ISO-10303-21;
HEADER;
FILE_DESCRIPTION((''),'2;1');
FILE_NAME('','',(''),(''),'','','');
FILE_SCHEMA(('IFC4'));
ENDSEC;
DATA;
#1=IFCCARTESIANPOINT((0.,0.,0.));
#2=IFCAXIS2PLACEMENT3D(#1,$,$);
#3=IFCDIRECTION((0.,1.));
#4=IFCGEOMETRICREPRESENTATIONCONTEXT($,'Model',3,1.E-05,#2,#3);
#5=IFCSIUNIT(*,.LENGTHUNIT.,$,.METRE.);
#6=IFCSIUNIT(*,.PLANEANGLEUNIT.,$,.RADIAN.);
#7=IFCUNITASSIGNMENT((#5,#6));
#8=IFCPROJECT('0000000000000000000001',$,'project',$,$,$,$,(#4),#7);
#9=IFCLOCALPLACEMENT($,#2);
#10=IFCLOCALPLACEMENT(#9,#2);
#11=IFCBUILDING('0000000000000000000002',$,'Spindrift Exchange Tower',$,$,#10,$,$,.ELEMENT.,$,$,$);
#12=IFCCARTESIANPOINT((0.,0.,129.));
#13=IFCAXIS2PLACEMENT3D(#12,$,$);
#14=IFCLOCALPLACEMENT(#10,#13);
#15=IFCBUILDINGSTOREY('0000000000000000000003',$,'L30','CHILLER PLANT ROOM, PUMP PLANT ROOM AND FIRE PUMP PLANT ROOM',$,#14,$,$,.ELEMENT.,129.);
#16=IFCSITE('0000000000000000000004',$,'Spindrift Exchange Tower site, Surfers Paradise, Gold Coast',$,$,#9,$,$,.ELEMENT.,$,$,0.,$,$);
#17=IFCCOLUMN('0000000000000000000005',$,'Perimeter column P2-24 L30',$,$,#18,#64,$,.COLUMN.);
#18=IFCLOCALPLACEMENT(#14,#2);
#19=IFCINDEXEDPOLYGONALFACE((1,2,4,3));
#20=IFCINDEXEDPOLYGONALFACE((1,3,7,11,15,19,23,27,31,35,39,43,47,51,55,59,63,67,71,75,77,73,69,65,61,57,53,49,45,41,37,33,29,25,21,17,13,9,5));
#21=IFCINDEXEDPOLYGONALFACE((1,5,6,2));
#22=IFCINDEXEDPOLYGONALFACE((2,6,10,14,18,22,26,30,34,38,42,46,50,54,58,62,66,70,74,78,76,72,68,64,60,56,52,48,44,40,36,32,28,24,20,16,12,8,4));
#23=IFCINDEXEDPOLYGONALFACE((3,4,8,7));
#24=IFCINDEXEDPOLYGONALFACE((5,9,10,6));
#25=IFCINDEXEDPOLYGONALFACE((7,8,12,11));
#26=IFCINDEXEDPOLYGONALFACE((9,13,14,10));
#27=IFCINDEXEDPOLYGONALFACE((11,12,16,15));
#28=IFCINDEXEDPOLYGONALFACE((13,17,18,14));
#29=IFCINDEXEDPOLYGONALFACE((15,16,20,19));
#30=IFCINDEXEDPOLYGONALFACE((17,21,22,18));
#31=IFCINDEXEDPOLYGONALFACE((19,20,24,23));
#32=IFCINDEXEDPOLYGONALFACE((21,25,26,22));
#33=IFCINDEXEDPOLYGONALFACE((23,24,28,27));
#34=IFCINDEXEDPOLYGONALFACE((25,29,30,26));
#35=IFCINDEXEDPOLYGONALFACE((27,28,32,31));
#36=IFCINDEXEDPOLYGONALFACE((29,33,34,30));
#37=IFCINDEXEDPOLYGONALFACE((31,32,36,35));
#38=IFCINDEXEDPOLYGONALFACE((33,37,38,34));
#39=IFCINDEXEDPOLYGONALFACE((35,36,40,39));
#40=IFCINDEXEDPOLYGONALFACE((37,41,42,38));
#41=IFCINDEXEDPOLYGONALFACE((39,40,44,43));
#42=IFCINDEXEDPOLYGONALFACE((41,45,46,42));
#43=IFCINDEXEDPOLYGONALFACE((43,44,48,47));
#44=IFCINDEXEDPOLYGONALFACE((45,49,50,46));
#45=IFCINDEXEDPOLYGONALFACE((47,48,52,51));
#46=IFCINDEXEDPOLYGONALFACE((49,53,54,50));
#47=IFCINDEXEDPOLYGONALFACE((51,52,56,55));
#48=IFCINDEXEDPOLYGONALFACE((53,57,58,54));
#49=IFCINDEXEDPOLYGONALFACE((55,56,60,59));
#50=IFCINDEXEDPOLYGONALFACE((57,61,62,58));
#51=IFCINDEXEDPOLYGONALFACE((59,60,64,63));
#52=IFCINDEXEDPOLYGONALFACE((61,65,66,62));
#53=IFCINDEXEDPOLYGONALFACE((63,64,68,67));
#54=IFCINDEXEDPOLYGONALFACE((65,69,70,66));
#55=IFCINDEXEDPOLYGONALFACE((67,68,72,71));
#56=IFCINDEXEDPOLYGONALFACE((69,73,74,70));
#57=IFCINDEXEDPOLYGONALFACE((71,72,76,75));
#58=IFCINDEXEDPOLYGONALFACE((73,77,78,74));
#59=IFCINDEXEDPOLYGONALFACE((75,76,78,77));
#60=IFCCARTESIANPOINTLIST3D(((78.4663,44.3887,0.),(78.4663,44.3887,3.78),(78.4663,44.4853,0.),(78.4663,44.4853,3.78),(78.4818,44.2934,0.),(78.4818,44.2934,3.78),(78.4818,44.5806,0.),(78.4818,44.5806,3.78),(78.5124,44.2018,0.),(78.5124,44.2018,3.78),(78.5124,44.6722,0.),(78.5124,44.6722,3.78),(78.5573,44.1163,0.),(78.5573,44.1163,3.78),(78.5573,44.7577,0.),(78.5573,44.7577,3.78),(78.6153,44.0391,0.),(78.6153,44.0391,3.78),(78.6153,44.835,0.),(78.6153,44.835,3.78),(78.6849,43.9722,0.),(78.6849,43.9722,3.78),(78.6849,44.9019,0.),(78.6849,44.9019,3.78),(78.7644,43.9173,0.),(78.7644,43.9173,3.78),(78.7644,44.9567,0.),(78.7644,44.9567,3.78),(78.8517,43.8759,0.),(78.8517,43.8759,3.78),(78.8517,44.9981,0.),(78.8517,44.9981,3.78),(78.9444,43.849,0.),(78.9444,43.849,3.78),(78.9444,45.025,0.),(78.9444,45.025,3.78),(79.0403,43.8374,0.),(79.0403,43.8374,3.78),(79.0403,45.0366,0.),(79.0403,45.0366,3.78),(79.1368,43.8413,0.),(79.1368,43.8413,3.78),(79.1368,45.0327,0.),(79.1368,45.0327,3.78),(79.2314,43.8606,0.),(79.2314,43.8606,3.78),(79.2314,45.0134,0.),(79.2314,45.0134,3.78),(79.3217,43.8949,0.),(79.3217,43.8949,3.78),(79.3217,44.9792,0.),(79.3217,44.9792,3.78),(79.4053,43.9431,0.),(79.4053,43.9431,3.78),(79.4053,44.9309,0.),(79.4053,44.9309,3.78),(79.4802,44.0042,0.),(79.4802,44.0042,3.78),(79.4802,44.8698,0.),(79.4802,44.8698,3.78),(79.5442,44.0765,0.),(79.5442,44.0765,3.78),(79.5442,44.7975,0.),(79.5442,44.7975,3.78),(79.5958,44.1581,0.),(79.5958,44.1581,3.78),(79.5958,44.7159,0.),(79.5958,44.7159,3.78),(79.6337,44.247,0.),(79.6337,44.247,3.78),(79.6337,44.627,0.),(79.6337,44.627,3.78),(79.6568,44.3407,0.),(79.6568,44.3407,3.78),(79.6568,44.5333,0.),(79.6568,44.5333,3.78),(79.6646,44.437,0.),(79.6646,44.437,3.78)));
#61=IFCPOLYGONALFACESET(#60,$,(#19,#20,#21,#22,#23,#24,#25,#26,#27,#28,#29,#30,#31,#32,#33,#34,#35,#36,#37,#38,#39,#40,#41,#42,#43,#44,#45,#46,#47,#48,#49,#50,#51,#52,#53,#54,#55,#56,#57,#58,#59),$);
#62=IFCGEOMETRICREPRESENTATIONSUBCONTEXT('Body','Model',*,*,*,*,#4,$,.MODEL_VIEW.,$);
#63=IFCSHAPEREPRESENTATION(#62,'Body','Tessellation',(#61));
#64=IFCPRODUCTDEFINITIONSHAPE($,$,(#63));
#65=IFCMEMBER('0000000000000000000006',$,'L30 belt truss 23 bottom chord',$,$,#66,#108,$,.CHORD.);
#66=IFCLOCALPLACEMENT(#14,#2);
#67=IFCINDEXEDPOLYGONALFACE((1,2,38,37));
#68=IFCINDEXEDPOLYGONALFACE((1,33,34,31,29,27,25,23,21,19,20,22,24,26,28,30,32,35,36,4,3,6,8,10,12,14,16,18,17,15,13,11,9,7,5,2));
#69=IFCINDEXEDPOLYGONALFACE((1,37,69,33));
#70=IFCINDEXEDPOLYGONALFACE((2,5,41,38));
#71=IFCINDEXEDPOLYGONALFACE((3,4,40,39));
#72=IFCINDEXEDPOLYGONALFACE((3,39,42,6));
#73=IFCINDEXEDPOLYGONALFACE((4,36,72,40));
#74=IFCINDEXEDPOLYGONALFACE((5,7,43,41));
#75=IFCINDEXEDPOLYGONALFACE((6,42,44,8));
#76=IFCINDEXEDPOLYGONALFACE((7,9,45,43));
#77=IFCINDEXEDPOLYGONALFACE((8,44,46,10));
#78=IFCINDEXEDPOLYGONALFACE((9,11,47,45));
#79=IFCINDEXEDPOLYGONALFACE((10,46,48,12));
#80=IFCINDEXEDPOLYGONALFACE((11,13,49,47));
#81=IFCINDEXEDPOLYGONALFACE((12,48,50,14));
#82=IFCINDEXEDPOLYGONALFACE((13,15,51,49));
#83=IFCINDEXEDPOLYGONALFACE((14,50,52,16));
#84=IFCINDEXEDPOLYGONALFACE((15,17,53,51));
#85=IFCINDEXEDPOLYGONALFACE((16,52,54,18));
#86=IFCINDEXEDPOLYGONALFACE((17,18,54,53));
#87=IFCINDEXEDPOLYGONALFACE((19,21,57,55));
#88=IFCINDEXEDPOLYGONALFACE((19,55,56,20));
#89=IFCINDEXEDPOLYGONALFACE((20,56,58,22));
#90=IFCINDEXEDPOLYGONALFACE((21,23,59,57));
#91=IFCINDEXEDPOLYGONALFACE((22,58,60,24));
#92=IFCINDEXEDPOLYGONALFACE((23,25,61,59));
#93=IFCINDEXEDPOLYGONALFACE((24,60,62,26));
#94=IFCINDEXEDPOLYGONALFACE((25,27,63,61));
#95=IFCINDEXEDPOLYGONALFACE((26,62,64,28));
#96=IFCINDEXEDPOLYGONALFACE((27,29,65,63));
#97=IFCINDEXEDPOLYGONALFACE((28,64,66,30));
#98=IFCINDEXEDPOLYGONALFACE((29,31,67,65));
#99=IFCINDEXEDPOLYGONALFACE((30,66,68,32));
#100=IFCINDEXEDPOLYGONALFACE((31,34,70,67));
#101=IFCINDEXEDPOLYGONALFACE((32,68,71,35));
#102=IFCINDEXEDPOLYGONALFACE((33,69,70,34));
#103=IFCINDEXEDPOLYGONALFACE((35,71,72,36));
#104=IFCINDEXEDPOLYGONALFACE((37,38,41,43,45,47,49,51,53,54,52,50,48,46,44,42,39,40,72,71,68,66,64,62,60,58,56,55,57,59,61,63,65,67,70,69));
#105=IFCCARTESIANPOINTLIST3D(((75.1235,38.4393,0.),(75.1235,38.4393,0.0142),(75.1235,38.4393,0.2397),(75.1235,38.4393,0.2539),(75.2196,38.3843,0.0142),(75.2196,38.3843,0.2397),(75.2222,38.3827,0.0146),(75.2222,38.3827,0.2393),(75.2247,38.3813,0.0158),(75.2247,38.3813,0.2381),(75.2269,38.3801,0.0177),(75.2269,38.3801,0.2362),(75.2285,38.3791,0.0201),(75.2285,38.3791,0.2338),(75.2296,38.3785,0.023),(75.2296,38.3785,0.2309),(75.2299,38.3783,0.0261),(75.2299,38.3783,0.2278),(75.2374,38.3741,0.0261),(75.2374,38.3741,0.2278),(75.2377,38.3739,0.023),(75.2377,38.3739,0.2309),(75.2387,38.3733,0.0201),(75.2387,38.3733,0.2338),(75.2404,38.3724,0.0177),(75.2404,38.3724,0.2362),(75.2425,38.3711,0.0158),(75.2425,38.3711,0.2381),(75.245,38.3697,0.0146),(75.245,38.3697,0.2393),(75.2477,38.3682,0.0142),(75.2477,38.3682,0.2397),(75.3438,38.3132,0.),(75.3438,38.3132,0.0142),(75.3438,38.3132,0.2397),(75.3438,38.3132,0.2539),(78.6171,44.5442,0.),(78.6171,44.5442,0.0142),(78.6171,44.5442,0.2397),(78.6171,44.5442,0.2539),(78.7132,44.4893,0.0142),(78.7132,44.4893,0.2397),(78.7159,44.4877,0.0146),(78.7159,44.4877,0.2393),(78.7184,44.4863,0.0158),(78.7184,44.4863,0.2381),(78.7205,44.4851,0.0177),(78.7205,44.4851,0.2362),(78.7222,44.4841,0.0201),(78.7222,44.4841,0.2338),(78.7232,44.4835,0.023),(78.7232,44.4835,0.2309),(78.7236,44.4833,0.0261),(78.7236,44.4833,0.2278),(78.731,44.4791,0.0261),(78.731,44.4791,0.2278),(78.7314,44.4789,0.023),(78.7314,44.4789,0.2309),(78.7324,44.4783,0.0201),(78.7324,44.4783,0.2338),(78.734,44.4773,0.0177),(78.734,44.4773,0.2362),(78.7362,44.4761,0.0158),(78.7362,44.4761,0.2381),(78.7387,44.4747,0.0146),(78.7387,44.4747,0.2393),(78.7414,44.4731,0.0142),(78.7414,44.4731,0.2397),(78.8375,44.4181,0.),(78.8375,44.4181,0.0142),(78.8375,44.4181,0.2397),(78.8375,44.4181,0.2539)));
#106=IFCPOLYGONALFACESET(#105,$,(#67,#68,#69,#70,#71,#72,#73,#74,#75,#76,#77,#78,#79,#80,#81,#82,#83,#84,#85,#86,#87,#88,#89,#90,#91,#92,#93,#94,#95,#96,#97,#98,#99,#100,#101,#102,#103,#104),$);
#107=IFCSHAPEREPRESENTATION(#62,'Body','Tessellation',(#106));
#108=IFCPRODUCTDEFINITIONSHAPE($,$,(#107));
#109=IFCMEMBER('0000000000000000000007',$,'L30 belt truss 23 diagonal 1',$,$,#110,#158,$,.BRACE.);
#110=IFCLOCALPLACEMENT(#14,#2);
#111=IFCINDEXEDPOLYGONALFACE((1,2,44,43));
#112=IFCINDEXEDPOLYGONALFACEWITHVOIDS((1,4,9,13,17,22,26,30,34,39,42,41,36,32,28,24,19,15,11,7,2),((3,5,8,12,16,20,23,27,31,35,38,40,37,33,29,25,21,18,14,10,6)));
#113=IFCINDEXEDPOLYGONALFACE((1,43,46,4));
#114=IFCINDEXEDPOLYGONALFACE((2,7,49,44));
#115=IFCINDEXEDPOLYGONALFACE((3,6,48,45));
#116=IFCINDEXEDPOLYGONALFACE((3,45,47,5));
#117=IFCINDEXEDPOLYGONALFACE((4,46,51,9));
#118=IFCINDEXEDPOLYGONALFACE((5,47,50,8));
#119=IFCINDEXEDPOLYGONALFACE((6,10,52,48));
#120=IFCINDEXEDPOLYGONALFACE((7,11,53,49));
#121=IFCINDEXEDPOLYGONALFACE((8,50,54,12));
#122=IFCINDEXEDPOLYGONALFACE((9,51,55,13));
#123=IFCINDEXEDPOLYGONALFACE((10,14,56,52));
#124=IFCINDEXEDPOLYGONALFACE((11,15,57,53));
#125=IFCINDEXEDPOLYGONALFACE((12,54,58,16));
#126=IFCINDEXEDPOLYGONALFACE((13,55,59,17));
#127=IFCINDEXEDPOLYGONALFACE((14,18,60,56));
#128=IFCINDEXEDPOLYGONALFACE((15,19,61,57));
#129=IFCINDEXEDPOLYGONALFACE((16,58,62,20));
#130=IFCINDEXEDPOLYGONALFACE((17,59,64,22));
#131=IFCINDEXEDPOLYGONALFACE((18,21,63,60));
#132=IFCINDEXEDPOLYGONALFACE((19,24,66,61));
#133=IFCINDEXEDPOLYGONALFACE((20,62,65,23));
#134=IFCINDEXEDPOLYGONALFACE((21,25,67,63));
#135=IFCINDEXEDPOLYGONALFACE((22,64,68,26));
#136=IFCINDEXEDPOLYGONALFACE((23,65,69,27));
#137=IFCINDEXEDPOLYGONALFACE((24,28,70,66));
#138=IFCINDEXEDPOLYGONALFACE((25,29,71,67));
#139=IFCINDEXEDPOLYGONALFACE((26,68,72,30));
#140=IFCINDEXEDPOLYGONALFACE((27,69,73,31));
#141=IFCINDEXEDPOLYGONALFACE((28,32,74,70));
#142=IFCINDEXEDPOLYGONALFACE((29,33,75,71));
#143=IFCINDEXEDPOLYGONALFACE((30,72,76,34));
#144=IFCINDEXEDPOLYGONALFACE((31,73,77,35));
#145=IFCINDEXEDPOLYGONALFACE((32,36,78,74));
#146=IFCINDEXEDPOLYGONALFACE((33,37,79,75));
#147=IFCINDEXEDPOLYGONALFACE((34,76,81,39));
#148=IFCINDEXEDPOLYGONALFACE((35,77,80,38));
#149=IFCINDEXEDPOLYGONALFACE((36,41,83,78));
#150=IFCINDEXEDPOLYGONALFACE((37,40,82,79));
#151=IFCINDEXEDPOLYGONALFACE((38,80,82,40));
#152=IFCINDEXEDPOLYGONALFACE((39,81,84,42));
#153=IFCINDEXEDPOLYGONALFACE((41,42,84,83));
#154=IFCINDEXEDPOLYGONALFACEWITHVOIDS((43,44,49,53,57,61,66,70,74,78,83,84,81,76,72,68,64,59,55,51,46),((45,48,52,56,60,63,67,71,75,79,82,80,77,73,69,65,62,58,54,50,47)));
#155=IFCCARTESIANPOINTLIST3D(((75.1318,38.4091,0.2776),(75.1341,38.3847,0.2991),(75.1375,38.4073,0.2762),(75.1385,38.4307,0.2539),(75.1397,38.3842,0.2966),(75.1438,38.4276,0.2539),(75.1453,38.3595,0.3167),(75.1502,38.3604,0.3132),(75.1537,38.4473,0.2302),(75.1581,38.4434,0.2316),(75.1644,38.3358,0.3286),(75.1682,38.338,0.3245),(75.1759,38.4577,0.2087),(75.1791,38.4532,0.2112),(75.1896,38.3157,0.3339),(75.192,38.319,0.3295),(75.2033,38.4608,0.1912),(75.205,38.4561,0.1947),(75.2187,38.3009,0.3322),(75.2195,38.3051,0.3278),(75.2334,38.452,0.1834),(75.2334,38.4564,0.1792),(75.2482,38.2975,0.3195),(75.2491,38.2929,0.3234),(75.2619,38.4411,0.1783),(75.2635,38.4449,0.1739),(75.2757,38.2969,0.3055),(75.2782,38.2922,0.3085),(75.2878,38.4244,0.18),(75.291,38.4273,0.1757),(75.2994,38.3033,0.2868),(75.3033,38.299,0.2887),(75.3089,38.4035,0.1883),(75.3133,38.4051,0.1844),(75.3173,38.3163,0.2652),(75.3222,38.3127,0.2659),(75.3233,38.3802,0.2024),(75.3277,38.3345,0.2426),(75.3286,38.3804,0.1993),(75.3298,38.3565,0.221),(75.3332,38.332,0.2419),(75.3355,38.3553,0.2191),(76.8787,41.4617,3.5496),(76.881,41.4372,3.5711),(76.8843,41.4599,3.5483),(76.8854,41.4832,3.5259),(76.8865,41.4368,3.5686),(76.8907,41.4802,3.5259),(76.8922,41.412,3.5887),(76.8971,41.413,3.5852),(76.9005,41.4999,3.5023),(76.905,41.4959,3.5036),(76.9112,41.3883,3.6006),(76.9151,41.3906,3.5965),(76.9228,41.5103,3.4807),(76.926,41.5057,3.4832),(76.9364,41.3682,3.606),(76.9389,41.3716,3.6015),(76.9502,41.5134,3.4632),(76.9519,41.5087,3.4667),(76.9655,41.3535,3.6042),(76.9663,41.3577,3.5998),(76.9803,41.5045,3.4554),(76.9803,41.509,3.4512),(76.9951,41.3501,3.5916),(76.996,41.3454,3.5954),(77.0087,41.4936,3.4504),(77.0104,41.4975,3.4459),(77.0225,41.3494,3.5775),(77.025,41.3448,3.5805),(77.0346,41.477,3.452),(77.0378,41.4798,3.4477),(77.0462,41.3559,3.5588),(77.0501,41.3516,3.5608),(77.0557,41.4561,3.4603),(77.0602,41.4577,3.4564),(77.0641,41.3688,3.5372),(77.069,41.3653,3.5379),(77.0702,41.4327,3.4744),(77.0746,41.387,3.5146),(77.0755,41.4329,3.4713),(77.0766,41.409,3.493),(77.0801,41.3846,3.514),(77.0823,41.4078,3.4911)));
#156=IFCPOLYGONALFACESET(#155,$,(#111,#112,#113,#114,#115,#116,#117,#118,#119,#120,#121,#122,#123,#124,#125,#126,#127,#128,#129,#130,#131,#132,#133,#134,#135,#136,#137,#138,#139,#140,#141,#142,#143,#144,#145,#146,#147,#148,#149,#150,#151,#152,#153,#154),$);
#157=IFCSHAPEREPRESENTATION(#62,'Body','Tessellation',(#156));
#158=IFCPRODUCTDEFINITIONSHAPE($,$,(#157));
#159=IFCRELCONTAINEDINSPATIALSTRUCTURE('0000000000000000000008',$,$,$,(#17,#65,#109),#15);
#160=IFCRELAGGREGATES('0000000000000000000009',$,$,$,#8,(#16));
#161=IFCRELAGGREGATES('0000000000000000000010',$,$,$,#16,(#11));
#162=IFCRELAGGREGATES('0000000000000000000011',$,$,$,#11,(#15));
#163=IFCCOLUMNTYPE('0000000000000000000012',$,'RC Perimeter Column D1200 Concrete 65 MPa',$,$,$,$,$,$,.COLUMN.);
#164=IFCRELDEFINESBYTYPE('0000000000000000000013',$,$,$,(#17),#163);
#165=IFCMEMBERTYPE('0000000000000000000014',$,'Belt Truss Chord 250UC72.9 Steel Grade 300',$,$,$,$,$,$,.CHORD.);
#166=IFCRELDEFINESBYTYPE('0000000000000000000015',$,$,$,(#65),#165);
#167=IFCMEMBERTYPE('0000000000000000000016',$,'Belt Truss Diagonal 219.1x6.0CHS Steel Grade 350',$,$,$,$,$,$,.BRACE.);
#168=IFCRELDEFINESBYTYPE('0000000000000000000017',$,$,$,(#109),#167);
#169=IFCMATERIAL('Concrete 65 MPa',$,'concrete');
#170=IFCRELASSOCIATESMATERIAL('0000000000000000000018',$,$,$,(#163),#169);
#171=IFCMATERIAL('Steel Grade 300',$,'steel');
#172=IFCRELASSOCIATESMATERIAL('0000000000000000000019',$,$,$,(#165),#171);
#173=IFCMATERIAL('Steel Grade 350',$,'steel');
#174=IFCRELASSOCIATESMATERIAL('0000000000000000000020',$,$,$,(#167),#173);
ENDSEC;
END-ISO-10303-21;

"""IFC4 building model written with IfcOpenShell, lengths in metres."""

from ifc_helpers import new_model, si_unit, direction, frame, origin, origin_2d, place, context, subcontext, project, spatial, circle, hollow_circle, i_section, extrude, source, transform, mapped, material, material_profile, profile_set, type_object, element, save


model = new_model("IFC4")

# Units and contexts
model_context = context("Model", 3, precision=1e-05, world=origin(), true_north=direction((0.0, 1.0)))
body_context = subcontext(model_context, "Body", "Model", "MODEL_VIEW")
ifc_project = project(units=[si_unit("LENGTHUNIT", "METRE"), si_unit("PLANEANGLEUNIT", "RADIAN")], contexts=[model_context])

# Site, building, storey
site_placement = place(None, origin())
site = spatial("IfcSite", under=ifc_project, at=site_placement, Name="Spindrift Exchange Tower site, Surfers Paradise, Gold Coast", CompositionType="ELEMENT", RefElevation=0.0)
building_placement = place(site_placement, origin())
building = spatial("IfcBuilding", under=site, at=building_placement, Name="Spindrift Exchange Tower", CompositionType="ELEMENT")
storey_placement = place(building_placement, frame((0.0, 0.0, 129.0)))
storey = spatial("IfcBuildingStorey", under=building, at=storey_placement, Name="L30", Description="CHILLER PLANT ROOM, PUMP PLANT ROOM AND FIRE PUMP PLANT ROOM", CompositionType="ELEMENT", Elevation=129.0)

# Column
ifc_material_1 = material(Name="Concrete 65 MPa", Category="concrete")
ifc_material_profile_1 = material_profile(ifc_material_1, circle(Radius=0.6001, at=origin_2d()), Name="RC D1200")
ifc_profile_set_1 = profile_set([ifc_material_profile_1], Name="Concrete 65 MPa")
column_type = type_object("IfcColumnType", Name="RC Perimeter Column D1200 Concrete 65 MPa", PredefinedType="COLUMN", material=ifc_profile_set_1)
shared_shape_1 = source(origin(), body_context, "Body", "SweptSolid", [
    extrude(circle(Radius=0.6001, at=origin_2d()), origin(), (0.0, 0.0, 1.0), 3.78),
])
column_placement = place(storey_placement, frame((79.0645, 44.437, 0.0), z_axis=(0.0, 0.0, 1.0), x_axis=(1.0, 0.0, 0.0)))
element("IfcColumn", 1, at=column_placement, inside=storey, type_object=column_type, Name="Perimeter column P2-24 L30", PredefinedType="COLUMN", context=body_context, shape_type="MappedRepresentation", body=[
    mapped(shared_shape_1, transform((0.0, 0.0, 0.0), scale=1.0)),
])

# Members
ifc_material_2 = material(Name="Steel Grade 300", Category="steel")
ifc_material_profile_2 = material_profile(ifc_material_2, i_section(OverallWidth=0.2539, OverallDepth=0.2539, WebThickness=0.0085, FlangeThickness=0.0142, FilletRadius=0.012, at=origin_2d()), Name="250UC72.9")
ifc_profile_set_2 = profile_set([ifc_material_profile_2], Name="Steel Grade 300")
member_type_1 = type_object("IfcMemberType", Name="Belt Truss Chord 250UC72.9 Steel Grade 300", PredefinedType="CHORD", material=ifc_profile_set_2)
shared_shape_2 = source(origin(), body_context, "Body", "SweptSolid", [
    extrude(i_section(OverallWidth=0.2539, OverallDepth=0.2539, WebThickness=0.0085, FlangeThickness=0.0142, FilletRadius=0.012, at=origin_2d()), origin(), (0.0, 0.0, 1.0), 7.0339),
])
member_1_placement = place(storey_placement, frame((75.2336, 38.3762, 0.127), z_axis=(0.496685, 0.867931, 0.0), x_axis=(-0.867931, 0.496685, 0.0)))
element("IfcMember", 2, at=member_1_placement, inside=storey, type_object=member_type_1, Name="L30 belt truss 23 bottom chord", PredefinedType="CHORD", context=body_context, shape_type="MappedRepresentation", body=[
    mapped(shared_shape_2, transform((0.0, 0.0, 0.0), scale=1.0)),
])
ifc_material_3 = material(Name="Steel Grade 350", Category="steel")
ifc_material_profile_3 = material_profile(ifc_material_3, hollow_circle(Radius=0.1096, WallThickness=0.0061, at=origin_2d()), Name="219.1x6.0CHS")
ifc_profile_set_3 = profile_set([ifc_material_profile_3], Name="Steel Grade 350")
member_type_2 = type_object("IfcMemberType", Name="Belt Truss Diagonal 219.1x6.0CHS Steel Grade 350", PredefinedType="BRACE", material=ifc_profile_set_3)
shared_shape_3 = source(origin(), body_context, "Body", "SweptSolid", [
    extrude(hollow_circle(Radius=0.1096, WallThickness=0.0061, at=origin_2d()), origin(), (0.0, 0.0, 1.0), 4.8037),
])
for number, where, z_axis, x_axis, name in (
    (3, (75.2336, 38.3762, 0.2539), (0.363647, 0.635454, 0.681145), (-0.867931, 0.496685, 0.0), "L30 belt truss 23 diagonal 1"),
):
    element("IfcMember", number, at=place(storey_placement, frame(where, z_axis=z_axis, x_axis=x_axis)), inside=storey, type_object=member_type_2, Name=name, PredefinedType="BRACE", context=body_context, shape_type="MappedRepresentation", body=[
        mapped(shared_shape_3, transform((0.0, 0.0, 0.0), scale=1.0)),
    ])

save(model, "model.ifc")
